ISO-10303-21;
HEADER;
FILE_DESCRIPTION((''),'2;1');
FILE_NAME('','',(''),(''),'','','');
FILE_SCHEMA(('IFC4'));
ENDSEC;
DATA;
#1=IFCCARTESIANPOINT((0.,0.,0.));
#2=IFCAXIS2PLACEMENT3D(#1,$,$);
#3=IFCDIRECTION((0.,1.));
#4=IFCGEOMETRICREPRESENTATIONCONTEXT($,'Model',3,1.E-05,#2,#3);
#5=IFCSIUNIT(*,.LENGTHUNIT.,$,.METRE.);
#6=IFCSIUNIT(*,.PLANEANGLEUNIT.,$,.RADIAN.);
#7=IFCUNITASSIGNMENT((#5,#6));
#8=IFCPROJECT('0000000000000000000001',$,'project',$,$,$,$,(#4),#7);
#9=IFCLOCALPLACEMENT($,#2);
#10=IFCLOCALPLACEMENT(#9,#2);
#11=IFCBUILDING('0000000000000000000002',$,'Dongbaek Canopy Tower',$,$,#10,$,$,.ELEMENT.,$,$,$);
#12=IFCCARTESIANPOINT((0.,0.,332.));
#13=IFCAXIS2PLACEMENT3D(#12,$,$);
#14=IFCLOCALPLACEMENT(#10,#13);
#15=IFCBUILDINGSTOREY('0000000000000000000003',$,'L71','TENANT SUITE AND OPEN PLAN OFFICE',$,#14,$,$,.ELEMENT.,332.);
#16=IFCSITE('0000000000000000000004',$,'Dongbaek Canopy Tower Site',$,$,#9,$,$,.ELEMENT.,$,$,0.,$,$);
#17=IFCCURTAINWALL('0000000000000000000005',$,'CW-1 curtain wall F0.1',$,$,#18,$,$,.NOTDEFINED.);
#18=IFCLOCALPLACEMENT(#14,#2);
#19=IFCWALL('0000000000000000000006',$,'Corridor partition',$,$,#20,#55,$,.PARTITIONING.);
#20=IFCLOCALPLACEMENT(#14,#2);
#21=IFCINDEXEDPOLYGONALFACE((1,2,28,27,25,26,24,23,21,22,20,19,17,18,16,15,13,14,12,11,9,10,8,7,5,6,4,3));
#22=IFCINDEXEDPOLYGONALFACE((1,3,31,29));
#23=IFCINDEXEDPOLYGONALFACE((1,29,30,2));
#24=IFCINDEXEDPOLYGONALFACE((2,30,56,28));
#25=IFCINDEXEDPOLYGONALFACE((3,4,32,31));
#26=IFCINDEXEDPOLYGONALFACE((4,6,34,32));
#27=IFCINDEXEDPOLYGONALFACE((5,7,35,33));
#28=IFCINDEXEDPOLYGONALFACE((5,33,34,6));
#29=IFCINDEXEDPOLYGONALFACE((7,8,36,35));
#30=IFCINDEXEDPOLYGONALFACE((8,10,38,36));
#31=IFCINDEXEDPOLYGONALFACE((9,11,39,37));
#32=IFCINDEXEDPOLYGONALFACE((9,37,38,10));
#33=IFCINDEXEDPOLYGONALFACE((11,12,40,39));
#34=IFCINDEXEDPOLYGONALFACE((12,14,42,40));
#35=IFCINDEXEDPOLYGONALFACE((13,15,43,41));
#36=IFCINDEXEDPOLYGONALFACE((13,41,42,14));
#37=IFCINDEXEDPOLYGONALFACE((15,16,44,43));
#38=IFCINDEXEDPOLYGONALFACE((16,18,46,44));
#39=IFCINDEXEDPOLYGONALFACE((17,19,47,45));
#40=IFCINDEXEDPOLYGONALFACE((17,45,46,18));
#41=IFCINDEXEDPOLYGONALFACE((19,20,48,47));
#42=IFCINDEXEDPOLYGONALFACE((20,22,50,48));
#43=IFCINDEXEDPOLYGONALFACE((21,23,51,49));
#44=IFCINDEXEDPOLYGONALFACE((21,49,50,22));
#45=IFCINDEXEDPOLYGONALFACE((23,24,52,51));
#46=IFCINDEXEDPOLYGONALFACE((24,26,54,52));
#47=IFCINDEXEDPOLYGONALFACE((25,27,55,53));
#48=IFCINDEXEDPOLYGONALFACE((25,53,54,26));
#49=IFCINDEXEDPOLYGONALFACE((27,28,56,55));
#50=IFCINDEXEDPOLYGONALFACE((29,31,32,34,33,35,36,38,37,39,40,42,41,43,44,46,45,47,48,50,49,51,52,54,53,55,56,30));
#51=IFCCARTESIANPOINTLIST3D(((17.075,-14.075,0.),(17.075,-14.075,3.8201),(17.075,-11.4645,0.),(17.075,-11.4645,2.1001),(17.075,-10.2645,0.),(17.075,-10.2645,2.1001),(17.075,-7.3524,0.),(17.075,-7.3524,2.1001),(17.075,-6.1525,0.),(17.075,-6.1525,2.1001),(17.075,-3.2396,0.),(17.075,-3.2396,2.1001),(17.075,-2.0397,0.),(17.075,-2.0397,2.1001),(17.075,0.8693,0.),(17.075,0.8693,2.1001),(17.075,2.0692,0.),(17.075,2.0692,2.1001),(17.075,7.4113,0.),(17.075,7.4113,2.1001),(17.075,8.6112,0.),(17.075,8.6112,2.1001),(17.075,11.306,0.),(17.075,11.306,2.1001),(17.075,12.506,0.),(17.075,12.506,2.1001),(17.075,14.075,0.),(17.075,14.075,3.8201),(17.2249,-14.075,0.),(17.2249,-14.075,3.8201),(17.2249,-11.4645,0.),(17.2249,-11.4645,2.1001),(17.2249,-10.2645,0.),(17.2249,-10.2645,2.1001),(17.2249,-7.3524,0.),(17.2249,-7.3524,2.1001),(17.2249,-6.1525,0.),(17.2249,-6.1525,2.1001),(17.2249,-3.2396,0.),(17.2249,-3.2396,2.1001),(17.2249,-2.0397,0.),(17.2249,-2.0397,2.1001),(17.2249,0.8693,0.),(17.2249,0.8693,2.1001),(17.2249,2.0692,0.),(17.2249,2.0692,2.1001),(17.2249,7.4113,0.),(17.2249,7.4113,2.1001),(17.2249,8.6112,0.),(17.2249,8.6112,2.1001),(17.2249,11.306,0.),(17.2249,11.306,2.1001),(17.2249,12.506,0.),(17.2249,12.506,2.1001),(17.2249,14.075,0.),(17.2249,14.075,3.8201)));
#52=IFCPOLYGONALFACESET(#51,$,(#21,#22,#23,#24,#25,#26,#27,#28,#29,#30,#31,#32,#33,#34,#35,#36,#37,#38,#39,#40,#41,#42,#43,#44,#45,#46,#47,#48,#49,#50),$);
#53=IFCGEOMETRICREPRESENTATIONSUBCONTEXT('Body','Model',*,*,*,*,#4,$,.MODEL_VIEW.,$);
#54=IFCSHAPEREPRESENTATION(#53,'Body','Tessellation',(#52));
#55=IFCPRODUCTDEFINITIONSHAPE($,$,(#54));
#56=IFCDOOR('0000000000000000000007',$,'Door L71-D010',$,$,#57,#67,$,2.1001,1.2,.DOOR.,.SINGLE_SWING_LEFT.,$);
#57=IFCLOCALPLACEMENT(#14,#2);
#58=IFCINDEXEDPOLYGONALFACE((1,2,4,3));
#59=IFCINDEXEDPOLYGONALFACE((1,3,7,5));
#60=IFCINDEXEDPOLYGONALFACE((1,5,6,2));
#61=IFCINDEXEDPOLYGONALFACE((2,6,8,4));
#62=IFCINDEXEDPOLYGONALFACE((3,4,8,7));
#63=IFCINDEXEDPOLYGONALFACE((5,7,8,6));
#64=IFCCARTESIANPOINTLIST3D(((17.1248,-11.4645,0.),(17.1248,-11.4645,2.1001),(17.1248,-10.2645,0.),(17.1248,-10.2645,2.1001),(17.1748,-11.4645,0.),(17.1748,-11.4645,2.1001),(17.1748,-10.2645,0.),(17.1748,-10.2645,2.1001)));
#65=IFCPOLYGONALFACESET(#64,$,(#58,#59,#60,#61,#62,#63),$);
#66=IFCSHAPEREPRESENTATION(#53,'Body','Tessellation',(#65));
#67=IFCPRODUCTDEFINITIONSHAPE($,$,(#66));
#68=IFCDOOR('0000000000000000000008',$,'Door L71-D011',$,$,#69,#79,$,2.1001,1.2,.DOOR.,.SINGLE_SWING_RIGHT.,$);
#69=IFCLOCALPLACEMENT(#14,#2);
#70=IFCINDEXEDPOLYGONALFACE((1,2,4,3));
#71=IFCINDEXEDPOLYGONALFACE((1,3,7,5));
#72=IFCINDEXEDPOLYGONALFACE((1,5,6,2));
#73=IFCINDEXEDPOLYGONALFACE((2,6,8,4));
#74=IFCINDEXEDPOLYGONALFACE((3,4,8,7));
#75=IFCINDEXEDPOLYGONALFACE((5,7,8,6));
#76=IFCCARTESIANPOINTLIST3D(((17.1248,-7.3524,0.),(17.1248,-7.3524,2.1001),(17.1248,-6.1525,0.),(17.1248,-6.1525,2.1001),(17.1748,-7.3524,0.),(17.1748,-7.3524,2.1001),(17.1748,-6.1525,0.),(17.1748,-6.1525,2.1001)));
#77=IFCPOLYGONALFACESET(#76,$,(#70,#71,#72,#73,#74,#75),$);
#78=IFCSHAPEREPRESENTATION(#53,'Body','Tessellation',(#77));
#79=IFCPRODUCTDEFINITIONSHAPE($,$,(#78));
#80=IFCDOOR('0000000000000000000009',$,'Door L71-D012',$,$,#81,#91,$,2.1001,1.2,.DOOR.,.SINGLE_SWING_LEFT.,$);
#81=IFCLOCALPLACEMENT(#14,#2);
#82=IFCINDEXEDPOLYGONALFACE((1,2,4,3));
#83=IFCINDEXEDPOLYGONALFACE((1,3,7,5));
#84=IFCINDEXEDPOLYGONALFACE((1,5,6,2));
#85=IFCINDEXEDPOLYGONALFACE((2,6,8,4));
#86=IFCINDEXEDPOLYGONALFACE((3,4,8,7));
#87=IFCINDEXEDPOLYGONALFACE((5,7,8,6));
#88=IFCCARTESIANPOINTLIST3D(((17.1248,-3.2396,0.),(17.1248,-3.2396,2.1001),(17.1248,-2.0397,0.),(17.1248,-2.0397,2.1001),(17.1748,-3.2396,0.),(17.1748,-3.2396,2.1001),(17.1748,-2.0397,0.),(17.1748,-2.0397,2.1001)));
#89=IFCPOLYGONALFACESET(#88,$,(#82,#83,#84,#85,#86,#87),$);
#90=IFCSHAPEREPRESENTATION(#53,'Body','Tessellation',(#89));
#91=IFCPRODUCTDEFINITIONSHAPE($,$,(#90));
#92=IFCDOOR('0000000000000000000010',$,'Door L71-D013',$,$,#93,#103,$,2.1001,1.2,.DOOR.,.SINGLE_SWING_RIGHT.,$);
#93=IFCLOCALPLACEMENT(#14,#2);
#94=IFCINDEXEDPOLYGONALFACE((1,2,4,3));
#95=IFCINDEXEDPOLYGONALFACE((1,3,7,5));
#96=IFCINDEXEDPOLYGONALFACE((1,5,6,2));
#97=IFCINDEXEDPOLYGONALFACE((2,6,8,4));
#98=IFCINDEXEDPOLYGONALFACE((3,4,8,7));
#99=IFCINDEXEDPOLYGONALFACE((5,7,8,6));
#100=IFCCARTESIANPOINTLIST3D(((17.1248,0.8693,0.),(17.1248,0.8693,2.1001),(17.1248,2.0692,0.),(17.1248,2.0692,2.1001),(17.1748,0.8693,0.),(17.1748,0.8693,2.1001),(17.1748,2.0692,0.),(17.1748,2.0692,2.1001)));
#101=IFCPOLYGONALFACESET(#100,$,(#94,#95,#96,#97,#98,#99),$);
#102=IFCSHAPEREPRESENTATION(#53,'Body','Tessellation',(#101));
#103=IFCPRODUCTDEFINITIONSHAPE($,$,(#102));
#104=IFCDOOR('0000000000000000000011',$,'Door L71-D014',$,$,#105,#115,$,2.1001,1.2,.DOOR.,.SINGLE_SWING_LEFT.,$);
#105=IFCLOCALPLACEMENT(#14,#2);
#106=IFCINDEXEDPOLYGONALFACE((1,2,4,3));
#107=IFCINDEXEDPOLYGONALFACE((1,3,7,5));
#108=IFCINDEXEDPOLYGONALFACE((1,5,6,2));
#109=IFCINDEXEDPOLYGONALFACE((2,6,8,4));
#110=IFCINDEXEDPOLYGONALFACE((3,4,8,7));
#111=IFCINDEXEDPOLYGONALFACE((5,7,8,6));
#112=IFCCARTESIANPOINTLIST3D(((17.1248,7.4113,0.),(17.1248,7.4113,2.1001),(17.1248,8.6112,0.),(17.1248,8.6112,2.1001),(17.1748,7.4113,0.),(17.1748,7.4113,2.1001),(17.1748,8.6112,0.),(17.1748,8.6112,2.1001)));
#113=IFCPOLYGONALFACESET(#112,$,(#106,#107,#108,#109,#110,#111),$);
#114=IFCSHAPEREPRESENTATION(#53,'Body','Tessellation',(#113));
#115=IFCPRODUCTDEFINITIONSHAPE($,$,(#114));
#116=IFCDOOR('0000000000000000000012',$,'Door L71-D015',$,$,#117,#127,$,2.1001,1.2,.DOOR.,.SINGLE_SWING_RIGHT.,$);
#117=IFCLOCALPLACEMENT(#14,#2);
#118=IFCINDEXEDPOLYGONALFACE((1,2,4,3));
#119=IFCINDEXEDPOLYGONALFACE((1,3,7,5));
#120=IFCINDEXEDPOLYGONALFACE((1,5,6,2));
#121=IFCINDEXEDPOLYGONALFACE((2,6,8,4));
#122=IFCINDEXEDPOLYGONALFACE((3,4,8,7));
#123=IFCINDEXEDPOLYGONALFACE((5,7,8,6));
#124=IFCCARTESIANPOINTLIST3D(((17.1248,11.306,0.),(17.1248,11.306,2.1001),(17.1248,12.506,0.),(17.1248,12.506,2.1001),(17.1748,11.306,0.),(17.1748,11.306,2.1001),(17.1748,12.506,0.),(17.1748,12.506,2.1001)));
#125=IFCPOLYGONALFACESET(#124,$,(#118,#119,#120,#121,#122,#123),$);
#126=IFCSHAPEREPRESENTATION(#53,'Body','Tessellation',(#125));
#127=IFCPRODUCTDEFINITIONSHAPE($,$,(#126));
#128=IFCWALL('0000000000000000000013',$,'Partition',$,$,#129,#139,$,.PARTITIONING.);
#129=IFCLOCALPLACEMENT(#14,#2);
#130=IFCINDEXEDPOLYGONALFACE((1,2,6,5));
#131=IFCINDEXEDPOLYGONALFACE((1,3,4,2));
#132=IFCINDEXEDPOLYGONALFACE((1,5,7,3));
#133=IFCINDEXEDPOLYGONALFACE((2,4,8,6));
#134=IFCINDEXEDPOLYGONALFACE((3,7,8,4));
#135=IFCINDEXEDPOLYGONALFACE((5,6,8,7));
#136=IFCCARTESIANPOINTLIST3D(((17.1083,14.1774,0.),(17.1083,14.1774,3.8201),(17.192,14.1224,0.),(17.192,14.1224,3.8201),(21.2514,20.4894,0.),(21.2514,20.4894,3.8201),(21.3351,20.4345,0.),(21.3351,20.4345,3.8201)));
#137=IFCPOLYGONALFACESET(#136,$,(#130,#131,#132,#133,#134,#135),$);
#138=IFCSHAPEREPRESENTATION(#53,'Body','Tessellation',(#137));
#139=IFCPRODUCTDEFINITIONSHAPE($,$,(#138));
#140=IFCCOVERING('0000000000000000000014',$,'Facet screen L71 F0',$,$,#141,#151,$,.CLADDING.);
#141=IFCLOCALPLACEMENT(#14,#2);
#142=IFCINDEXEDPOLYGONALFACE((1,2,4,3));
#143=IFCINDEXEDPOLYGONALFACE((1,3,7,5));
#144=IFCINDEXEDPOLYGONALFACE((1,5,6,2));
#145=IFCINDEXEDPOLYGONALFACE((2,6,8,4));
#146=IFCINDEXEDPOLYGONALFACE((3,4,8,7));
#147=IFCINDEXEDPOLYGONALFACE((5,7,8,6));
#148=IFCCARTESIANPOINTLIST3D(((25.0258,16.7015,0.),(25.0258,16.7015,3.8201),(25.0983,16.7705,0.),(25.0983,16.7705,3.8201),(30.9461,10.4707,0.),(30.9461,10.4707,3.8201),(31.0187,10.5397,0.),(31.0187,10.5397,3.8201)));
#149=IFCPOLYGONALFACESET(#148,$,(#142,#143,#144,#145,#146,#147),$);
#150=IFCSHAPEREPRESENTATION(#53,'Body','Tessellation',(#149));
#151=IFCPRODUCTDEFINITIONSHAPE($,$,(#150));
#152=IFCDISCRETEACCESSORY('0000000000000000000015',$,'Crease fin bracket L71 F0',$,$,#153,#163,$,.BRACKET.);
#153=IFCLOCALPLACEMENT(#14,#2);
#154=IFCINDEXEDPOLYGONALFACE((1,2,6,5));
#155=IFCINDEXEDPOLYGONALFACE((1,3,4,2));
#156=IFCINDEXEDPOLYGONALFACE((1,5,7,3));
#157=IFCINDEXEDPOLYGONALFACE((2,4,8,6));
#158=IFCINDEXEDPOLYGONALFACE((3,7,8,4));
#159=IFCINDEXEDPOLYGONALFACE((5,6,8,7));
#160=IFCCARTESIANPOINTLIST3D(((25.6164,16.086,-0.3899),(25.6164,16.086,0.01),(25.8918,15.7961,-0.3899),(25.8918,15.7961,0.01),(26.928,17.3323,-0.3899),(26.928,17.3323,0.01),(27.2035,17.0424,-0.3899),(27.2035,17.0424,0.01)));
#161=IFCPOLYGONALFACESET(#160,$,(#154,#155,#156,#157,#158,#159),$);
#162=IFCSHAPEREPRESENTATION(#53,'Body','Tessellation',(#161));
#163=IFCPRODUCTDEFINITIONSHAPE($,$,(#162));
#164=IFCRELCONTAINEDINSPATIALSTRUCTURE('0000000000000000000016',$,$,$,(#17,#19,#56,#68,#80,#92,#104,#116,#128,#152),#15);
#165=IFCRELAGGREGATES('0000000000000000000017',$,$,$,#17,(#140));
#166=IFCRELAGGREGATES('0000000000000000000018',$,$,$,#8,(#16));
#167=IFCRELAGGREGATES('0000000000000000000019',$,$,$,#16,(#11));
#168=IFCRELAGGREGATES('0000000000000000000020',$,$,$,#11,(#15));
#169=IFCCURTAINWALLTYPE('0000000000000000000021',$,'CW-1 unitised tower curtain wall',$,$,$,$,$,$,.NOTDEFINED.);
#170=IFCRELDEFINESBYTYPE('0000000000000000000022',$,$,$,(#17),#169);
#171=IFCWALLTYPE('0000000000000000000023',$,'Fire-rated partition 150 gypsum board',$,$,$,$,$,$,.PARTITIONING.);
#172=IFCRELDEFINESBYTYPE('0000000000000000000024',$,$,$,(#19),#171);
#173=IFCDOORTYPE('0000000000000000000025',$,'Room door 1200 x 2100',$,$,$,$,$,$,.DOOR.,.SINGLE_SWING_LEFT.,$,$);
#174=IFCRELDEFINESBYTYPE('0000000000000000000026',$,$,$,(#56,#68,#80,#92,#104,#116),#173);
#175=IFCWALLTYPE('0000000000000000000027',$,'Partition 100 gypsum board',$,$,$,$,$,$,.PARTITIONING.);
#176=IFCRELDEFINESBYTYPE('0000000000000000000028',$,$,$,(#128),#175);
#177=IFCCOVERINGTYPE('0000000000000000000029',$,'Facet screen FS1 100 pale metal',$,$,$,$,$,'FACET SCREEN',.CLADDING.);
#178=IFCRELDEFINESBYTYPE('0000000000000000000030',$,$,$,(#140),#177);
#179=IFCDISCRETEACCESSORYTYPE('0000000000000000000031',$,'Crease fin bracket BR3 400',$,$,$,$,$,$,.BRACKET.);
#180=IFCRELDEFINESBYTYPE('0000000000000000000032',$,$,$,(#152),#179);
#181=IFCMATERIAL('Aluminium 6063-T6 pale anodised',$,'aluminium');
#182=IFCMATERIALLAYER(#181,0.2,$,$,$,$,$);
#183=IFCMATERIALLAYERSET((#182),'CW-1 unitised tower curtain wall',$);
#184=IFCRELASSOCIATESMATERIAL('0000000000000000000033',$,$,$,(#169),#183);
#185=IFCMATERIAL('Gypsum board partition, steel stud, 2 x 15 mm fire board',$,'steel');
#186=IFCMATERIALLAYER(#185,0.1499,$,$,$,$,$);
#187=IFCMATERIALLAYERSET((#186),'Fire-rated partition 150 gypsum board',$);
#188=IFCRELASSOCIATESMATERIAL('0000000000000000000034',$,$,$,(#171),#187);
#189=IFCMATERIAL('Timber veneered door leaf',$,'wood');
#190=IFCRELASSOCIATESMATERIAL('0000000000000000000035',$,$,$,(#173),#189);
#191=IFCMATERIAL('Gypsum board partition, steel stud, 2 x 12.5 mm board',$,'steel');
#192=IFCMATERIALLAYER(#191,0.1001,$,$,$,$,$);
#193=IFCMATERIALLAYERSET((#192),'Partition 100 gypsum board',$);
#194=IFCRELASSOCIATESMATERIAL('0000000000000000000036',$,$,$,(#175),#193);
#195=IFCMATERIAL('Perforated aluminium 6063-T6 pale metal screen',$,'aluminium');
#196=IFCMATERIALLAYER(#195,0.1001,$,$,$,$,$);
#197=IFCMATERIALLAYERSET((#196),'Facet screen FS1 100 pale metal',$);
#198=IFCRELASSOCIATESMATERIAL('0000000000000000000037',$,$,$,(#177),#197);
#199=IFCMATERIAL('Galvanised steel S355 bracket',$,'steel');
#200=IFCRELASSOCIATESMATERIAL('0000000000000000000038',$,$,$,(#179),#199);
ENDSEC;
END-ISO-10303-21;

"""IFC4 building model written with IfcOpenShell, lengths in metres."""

from ifc_helpers import new_model, si_unit, direction, frame, frame_2d, origin, origin_2d, place, context, subcontext, project, spatial, rectangle, extrude, material, layer, layer_set, type_object, element, fill, aggregate, save


model = new_model("IFC4")

# Units and contexts
model_context = context("Model", 3, precision=1e-05, world=origin(), true_north=direction((0.0, 1.0)))
body_context = subcontext(model_context, "Body", "Model", "MODEL_VIEW")
ifc_project = project(units=[si_unit("LENGTHUNIT", "METRE"), si_unit("PLANEANGLEUNIT", "RADIAN")], contexts=[model_context])

# Site, building, storey
site_placement = place(None, origin())
site = spatial("IfcSite", under=ifc_project, at=site_placement, Name="Dongbaek Canopy Tower Site", CompositionType="ELEMENT", RefElevation=0.0)
building_placement = place(site_placement, origin())
building = spatial("IfcBuilding", under=site, at=building_placement, Name="Dongbaek Canopy Tower", CompositionType="ELEMENT")
storey_placement = place(building_placement, frame((0.0, 0.0, 332.0)))
storey = spatial("IfcBuildingStorey", under=building, at=storey_placement, Name="L71", Description="TENANT SUITE AND OPEN PLAN OFFICE", CompositionType="ELEMENT", Elevation=332.0)

# Curtain wall
ifc_material_1 = material(Name="Aluminium 6063-T6 pale anodised", Category="aluminium")
ifc_layer_1 = layer(ifc_material_1, 0.2)
ifc_layer_set_1 = layer_set([ifc_layer_1], Name="CW-1 unitised tower curtain wall")
curtain_wall_type = type_object("IfcCurtainWallType", Name="CW-1 unitised tower curtain wall", PredefinedType="NOTDEFINED", material=ifc_layer_set_1)
curtain_wall_placement = place(storey_placement, origin())
curtain_wall = element("IfcCurtainWall", 1, at=curtain_wall_placement, inside=storey, type_object=curtain_wall_type, Name="CW-1 curtain wall F0.1", PredefinedType="NOTDEFINED")

# Wall, openings, doors
ifc_material_2 = material(Name="Gypsum board partition, steel stud, 2 x 15 mm fire board", Category="steel")
ifc_layer_2 = layer(ifc_material_2, 0.1499)
ifc_layer_set_2 = layer_set([ifc_layer_2], Name="Fire-rated partition 150 gypsum board")
wall_type_1 = type_object("IfcWallType", Name="Fire-rated partition 150 gypsum board", PredefinedType="PARTITIONING", material=ifc_layer_set_2)
wall_1_placement = place(storey_placement, frame((17.1499, 14.075, 0.0), z_axis=(0.0, 0.0, 1.0), x_axis=(0.0, -1.0, 0.0)))
wall_1 = element("IfcWall", 2, at=wall_1_placement, inside=storey, type_object=wall_type_1, Name="Corridor partition", PredefinedType="PARTITIONING", context=body_context, shape_type="SweptSolid", body=[
    extrude(rectangle(XDim=28.1499, YDim=0.1499, at=frame_2d((14.075, 0.0))), origin(), (0.0, 0.0, 1.0), 3.8201),
])
opening_1_placement = place(wall_1_placement, frame((24.3394, 0.0, 0.0)))
opening_1 = element("IfcOpeningElement", 3, at=opening_1_placement, cuts=wall_1, PredefinedType="OPENING", context=body_context, shape_type="SweptSolid", body=[
    extrude(rectangle(XDim=1.2, YDim=2.1001, at=frame_2d((0.6001, 1.05))), frame((0.0, 0.085, 0.0), z_axis=(0.0, -1.0, 0.0), x_axis=(1.0, 0.0, 0.0)), (0.0, 0.0, 1.0), 0.1699),
])
opening_2_placement = place(wall_1_placement, frame((20.2273, 0.0, 0.0)))
opening_2 = element("IfcOpeningElement", 4, at=opening_2_placement, cuts=wall_1, PredefinedType="OPENING", context=body_context, shape_type="SweptSolid", body=[
    extrude(rectangle(XDim=1.2, YDim=2.1001, at=frame_2d((0.6001, 1.05))), frame((0.0, 0.085, 0.0), z_axis=(0.0, -1.0, 0.0), x_axis=(1.0, 0.0, 0.0)), (0.0, 0.0, 1.0), 0.1699),
])
opening_3_placement = place(wall_1_placement, frame((16.1145, 0.0, 0.0)))
opening_3 = element("IfcOpeningElement", 5, at=opening_3_placement, cuts=wall_1, PredefinedType="OPENING", context=body_context, shape_type="SweptSolid", body=[
    extrude(rectangle(XDim=1.2, YDim=2.1001, at=frame_2d((0.6001, 1.05))), frame((0.0, 0.085, 0.0), z_axis=(0.0, -1.0, 0.0), x_axis=(1.0, 0.0, 0.0)), (0.0, 0.0, 1.0), 0.1699),
])
opening_4_placement = place(wall_1_placement, frame((12.0056, 0.0, 0.0)))
opening_4 = element("IfcOpeningElement", 6, at=opening_4_placement, cuts=wall_1, PredefinedType="OPENING", context=body_context, shape_type="SweptSolid", body=[
    extrude(rectangle(XDim=1.2, YDim=2.1001, at=frame_2d((0.6001, 1.05))), frame((0.0, 0.085, 0.0), z_axis=(0.0, -1.0, 0.0), x_axis=(1.0, 0.0, 0.0)), (0.0, 0.0, 1.0), 0.1699),
])
opening_5_placement = place(wall_1_placement, frame((5.4636, 0.0, 0.0)))
opening_5 = element("IfcOpeningElement", 7, at=opening_5_placement, cuts=wall_1, PredefinedType="OPENING", context=body_context, shape_type="SweptSolid", body=[
    extrude(rectangle(XDim=1.2, YDim=2.1001, at=frame_2d((0.6001, 1.05))), frame((0.0, 0.085, 0.0), z_axis=(0.0, -1.0, 0.0), x_axis=(1.0, 0.0, 0.0)), (0.0, 0.0, 1.0), 0.1699),
])
opening_6_placement = place(wall_1_placement, frame((1.5688, 0.0, 0.0)))
opening_6 = element("IfcOpeningElement", 8, at=opening_6_placement, cuts=wall_1, PredefinedType="OPENING", context=body_context, shape_type="SweptSolid", body=[
    extrude(rectangle(XDim=1.2, YDim=2.1001, at=frame_2d((0.6001, 1.05))), frame((0.0, 0.085, 0.0), z_axis=(0.0, -1.0, 0.0), x_axis=(1.0, 0.0, 0.0)), (0.0, 0.0, 1.0), 0.1699),
])
ifc_material_3 = material(Name="Timber veneered door leaf", Category="wood")
door_type_1 = type_object("IfcDoorType", Name="Room door 1200 x 2100", OperationType="SINGLE_SWING_LEFT", PredefinedType="DOOR", material=ifc_material_3)
door_1_placement = place(opening_1_placement, origin())
door_1 = element("IfcDoor", 9, at=door_1_placement, inside=storey, type_object=door_type_1, Name="Door L71-D010", OperationType="SINGLE_SWING_LEFT", OverallHeight=2.1001, OverallWidth=1.2, PredefinedType="DOOR", context=body_context, shape_type="SweptSolid", body=[
    extrude(rectangle(XDim=1.2, YDim=2.1001, at=frame_2d((0.6001, 1.05))), frame((0.0, 0.0249, 0.0), z_axis=(0.0, -1.0, 0.0), x_axis=(1.0, 0.0, 0.0)), (0.0, 0.0, 1.0), 0.05),
])
fill(opening_1, door_1)
door_2_placement = place(opening_2_placement, origin())
door_2 = element("IfcDoor", 10, at=door_2_placement, inside=storey, type_object=door_type_1, Name="Door L71-D011", OperationType="SINGLE_SWING_RIGHT", OverallHeight=2.1001, OverallWidth=1.2, PredefinedType="DOOR", context=body_context, shape_type="SweptSolid", body=[
    extrude(rectangle(XDim=1.2, YDim=2.1001, at=frame_2d((0.6001, 1.05))), frame((0.0, 0.0249, 0.0), z_axis=(0.0, -1.0, 0.0), x_axis=(1.0, 0.0, 0.0)), (0.0, 0.0, 1.0), 0.05),
])
fill(opening_2, door_2)
door_3_placement = place(opening_3_placement, origin())
door_3 = element("IfcDoor", 11, at=door_3_placement, inside=storey, type_object=door_type_1, Name="Door L71-D012", OperationType="SINGLE_SWING_LEFT", OverallHeight=2.1001, OverallWidth=1.2, PredefinedType="DOOR", context=body_context, shape_type="SweptSolid", body=[
    extrude(rectangle(XDim=1.2, YDim=2.1001, at=frame_2d((0.6001, 1.05))), frame((0.0, 0.0249, 0.0), z_axis=(0.0, -1.0, 0.0), x_axis=(1.0, 0.0, 0.0)), (0.0, 0.0, 1.0), 0.05),
])
fill(opening_3, door_3)
door_4_placement = place(opening_4_placement, origin())
door_4 = element("IfcDoor", 12, at=door_4_placement, inside=storey, type_object=door_type_1, Name="Door L71-D013", OperationType="SINGLE_SWING_RIGHT", OverallHeight=2.1001, OverallWidth=1.2, PredefinedType="DOOR", context=body_context, shape_type="SweptSolid", body=[
    extrude(rectangle(XDim=1.2, YDim=2.1001, at=frame_2d((0.6001, 1.05))), frame((0.0, 0.0249, 0.0), z_axis=(0.0, -1.0, 0.0), x_axis=(1.0, 0.0, 0.0)), (0.0, 0.0, 1.0), 0.05),
])
fill(opening_4, door_4)
door_5_placement = place(opening_5_placement, origin())
door_5 = element("IfcDoor", 13, at=door_5_placement, inside=storey, type_object=door_type_1, Name="Door L71-D014", OperationType="SINGLE_SWING_LEFT", OverallHeight=2.1001, OverallWidth=1.2, PredefinedType="DOOR", context=body_context, shape_type="SweptSolid", body=[
    extrude(rectangle(XDim=1.2, YDim=2.1001, at=frame_2d((0.6001, 1.05))), frame((0.0, 0.0249, 0.0), z_axis=(0.0, -1.0, 0.0), x_axis=(1.0, 0.0, 0.0)), (0.0, 0.0, 1.0), 0.05),
])
fill(opening_5, door_5)
door_6_placement = place(opening_6_placement, origin())
door_6 = element("IfcDoor", 14, at=door_6_placement, inside=storey, type_object=door_type_1, Name="Door L71-D015", OperationType="SINGLE_SWING_RIGHT", OverallHeight=2.1001, OverallWidth=1.2, PredefinedType="DOOR", context=body_context, shape_type="SweptSolid", body=[
    extrude(rectangle(XDim=1.2, YDim=2.1001, at=frame_2d((0.6001, 1.05))), frame((0.0, 0.0249, 0.0), z_axis=(0.0, -1.0, 0.0), x_axis=(1.0, 0.0, 0.0)), (0.0, 0.0, 1.0), 0.05),
])
fill(opening_6, door_6)

# Wall
ifc_material_4 = material(Name="Gypsum board partition, steel stud, 2 x 12.5 mm board", Category="steel")
ifc_layer_3 = layer(ifc_material_4, 0.1001)
ifc_layer_set_3 = layer_set([ifc_layer_3], Name="Partition 100 gypsum board")
wall_type_2 = type_object("IfcWallType", Name="Partition 100 gypsum board", PredefinedType="PARTITIONING", material=ifc_layer_set_3)
wall_2_placement = place(storey_placement, frame((17.1501, 14.1499, 0.0), z_axis=(0.0, 0.0, 1.0), x_axis=(0.548731, 0.835999, 0.0)))
element("IfcWall", 15, at=wall_2_placement, inside=storey, type_object=wall_type_2, Name="Partition", PredefinedType="PARTITIONING", context=body_context, shape_type="SweptSolid", body=[
    extrude(rectangle(XDim=7.5503, YDim=0.1001, at=frame_2d((3.7751, 0.0))), origin(), (0.0, 0.0, 1.0), 3.8201),
])

# Covering
ifc_material_5 = material(Name="Perforated aluminium 6063-T6 pale metal screen", Category="aluminium")
ifc_layer_4 = layer(ifc_material_5, 0.1001)
ifc_layer_set_4 = layer_set([ifc_layer_4], Name="Facet screen FS1 100 pale metal")
covering_type = type_object("IfcCoveringType", Name="Facet screen FS1 100 pale metal", ElementType="FACET SCREEN", PredefinedType="CLADDING", material=ifc_layer_set_4)
covering_placement = place(storey_placement, frame((28.0222, 13.6206, 0.0), z_axis=(0.0, 0.0, 1.0), x_axis=(-0.688813, 0.724939, 0.0)))
covering = element("IfcCovering", 16, at=covering_placement, type_object=covering_type, Name="Facet screen L71 F0", PredefinedType="CLADDING", context=body_context, shape_type="SweptSolid", body=[
    extrude(rectangle(XDim=8.595, YDim=0.1001, at=origin_2d()), origin(), (0.0, 0.0, 1.0), 3.8201),
])
aggregate(curtain_wall, [covering])

# Discrete accessory
ifc_material_6 = material(Name="Galvanised steel S355 bracket", Category="steel")
discrete_accessory_type = type_object("IfcDiscreteAccessoryType", Name="Crease fin bracket BR3 400", PredefinedType="BRACKET", material=ifc_material_6)
discrete_accessory_placement = place(storey_placement, frame((26.4099, 16.5642, -0.3899), z_axis=(0.0, 0.0, 1.0), x_axis=(0.724939, 0.688813, 0.0)))
element("IfcDiscreteAccessory", 17, at=discrete_accessory_placement, inside=storey, type_object=discrete_accessory_type, Name="Crease fin bracket L71 F0", PredefinedType="BRACKET", context=body_context, shape_type="SweptSolid", body=[
    extrude(rectangle(XDim=1.8093, YDim=0.3999, at=origin_2d()), origin(), (0.0, 0.0, 1.0), 0.3999),
])

save(model, "model.ifc")
